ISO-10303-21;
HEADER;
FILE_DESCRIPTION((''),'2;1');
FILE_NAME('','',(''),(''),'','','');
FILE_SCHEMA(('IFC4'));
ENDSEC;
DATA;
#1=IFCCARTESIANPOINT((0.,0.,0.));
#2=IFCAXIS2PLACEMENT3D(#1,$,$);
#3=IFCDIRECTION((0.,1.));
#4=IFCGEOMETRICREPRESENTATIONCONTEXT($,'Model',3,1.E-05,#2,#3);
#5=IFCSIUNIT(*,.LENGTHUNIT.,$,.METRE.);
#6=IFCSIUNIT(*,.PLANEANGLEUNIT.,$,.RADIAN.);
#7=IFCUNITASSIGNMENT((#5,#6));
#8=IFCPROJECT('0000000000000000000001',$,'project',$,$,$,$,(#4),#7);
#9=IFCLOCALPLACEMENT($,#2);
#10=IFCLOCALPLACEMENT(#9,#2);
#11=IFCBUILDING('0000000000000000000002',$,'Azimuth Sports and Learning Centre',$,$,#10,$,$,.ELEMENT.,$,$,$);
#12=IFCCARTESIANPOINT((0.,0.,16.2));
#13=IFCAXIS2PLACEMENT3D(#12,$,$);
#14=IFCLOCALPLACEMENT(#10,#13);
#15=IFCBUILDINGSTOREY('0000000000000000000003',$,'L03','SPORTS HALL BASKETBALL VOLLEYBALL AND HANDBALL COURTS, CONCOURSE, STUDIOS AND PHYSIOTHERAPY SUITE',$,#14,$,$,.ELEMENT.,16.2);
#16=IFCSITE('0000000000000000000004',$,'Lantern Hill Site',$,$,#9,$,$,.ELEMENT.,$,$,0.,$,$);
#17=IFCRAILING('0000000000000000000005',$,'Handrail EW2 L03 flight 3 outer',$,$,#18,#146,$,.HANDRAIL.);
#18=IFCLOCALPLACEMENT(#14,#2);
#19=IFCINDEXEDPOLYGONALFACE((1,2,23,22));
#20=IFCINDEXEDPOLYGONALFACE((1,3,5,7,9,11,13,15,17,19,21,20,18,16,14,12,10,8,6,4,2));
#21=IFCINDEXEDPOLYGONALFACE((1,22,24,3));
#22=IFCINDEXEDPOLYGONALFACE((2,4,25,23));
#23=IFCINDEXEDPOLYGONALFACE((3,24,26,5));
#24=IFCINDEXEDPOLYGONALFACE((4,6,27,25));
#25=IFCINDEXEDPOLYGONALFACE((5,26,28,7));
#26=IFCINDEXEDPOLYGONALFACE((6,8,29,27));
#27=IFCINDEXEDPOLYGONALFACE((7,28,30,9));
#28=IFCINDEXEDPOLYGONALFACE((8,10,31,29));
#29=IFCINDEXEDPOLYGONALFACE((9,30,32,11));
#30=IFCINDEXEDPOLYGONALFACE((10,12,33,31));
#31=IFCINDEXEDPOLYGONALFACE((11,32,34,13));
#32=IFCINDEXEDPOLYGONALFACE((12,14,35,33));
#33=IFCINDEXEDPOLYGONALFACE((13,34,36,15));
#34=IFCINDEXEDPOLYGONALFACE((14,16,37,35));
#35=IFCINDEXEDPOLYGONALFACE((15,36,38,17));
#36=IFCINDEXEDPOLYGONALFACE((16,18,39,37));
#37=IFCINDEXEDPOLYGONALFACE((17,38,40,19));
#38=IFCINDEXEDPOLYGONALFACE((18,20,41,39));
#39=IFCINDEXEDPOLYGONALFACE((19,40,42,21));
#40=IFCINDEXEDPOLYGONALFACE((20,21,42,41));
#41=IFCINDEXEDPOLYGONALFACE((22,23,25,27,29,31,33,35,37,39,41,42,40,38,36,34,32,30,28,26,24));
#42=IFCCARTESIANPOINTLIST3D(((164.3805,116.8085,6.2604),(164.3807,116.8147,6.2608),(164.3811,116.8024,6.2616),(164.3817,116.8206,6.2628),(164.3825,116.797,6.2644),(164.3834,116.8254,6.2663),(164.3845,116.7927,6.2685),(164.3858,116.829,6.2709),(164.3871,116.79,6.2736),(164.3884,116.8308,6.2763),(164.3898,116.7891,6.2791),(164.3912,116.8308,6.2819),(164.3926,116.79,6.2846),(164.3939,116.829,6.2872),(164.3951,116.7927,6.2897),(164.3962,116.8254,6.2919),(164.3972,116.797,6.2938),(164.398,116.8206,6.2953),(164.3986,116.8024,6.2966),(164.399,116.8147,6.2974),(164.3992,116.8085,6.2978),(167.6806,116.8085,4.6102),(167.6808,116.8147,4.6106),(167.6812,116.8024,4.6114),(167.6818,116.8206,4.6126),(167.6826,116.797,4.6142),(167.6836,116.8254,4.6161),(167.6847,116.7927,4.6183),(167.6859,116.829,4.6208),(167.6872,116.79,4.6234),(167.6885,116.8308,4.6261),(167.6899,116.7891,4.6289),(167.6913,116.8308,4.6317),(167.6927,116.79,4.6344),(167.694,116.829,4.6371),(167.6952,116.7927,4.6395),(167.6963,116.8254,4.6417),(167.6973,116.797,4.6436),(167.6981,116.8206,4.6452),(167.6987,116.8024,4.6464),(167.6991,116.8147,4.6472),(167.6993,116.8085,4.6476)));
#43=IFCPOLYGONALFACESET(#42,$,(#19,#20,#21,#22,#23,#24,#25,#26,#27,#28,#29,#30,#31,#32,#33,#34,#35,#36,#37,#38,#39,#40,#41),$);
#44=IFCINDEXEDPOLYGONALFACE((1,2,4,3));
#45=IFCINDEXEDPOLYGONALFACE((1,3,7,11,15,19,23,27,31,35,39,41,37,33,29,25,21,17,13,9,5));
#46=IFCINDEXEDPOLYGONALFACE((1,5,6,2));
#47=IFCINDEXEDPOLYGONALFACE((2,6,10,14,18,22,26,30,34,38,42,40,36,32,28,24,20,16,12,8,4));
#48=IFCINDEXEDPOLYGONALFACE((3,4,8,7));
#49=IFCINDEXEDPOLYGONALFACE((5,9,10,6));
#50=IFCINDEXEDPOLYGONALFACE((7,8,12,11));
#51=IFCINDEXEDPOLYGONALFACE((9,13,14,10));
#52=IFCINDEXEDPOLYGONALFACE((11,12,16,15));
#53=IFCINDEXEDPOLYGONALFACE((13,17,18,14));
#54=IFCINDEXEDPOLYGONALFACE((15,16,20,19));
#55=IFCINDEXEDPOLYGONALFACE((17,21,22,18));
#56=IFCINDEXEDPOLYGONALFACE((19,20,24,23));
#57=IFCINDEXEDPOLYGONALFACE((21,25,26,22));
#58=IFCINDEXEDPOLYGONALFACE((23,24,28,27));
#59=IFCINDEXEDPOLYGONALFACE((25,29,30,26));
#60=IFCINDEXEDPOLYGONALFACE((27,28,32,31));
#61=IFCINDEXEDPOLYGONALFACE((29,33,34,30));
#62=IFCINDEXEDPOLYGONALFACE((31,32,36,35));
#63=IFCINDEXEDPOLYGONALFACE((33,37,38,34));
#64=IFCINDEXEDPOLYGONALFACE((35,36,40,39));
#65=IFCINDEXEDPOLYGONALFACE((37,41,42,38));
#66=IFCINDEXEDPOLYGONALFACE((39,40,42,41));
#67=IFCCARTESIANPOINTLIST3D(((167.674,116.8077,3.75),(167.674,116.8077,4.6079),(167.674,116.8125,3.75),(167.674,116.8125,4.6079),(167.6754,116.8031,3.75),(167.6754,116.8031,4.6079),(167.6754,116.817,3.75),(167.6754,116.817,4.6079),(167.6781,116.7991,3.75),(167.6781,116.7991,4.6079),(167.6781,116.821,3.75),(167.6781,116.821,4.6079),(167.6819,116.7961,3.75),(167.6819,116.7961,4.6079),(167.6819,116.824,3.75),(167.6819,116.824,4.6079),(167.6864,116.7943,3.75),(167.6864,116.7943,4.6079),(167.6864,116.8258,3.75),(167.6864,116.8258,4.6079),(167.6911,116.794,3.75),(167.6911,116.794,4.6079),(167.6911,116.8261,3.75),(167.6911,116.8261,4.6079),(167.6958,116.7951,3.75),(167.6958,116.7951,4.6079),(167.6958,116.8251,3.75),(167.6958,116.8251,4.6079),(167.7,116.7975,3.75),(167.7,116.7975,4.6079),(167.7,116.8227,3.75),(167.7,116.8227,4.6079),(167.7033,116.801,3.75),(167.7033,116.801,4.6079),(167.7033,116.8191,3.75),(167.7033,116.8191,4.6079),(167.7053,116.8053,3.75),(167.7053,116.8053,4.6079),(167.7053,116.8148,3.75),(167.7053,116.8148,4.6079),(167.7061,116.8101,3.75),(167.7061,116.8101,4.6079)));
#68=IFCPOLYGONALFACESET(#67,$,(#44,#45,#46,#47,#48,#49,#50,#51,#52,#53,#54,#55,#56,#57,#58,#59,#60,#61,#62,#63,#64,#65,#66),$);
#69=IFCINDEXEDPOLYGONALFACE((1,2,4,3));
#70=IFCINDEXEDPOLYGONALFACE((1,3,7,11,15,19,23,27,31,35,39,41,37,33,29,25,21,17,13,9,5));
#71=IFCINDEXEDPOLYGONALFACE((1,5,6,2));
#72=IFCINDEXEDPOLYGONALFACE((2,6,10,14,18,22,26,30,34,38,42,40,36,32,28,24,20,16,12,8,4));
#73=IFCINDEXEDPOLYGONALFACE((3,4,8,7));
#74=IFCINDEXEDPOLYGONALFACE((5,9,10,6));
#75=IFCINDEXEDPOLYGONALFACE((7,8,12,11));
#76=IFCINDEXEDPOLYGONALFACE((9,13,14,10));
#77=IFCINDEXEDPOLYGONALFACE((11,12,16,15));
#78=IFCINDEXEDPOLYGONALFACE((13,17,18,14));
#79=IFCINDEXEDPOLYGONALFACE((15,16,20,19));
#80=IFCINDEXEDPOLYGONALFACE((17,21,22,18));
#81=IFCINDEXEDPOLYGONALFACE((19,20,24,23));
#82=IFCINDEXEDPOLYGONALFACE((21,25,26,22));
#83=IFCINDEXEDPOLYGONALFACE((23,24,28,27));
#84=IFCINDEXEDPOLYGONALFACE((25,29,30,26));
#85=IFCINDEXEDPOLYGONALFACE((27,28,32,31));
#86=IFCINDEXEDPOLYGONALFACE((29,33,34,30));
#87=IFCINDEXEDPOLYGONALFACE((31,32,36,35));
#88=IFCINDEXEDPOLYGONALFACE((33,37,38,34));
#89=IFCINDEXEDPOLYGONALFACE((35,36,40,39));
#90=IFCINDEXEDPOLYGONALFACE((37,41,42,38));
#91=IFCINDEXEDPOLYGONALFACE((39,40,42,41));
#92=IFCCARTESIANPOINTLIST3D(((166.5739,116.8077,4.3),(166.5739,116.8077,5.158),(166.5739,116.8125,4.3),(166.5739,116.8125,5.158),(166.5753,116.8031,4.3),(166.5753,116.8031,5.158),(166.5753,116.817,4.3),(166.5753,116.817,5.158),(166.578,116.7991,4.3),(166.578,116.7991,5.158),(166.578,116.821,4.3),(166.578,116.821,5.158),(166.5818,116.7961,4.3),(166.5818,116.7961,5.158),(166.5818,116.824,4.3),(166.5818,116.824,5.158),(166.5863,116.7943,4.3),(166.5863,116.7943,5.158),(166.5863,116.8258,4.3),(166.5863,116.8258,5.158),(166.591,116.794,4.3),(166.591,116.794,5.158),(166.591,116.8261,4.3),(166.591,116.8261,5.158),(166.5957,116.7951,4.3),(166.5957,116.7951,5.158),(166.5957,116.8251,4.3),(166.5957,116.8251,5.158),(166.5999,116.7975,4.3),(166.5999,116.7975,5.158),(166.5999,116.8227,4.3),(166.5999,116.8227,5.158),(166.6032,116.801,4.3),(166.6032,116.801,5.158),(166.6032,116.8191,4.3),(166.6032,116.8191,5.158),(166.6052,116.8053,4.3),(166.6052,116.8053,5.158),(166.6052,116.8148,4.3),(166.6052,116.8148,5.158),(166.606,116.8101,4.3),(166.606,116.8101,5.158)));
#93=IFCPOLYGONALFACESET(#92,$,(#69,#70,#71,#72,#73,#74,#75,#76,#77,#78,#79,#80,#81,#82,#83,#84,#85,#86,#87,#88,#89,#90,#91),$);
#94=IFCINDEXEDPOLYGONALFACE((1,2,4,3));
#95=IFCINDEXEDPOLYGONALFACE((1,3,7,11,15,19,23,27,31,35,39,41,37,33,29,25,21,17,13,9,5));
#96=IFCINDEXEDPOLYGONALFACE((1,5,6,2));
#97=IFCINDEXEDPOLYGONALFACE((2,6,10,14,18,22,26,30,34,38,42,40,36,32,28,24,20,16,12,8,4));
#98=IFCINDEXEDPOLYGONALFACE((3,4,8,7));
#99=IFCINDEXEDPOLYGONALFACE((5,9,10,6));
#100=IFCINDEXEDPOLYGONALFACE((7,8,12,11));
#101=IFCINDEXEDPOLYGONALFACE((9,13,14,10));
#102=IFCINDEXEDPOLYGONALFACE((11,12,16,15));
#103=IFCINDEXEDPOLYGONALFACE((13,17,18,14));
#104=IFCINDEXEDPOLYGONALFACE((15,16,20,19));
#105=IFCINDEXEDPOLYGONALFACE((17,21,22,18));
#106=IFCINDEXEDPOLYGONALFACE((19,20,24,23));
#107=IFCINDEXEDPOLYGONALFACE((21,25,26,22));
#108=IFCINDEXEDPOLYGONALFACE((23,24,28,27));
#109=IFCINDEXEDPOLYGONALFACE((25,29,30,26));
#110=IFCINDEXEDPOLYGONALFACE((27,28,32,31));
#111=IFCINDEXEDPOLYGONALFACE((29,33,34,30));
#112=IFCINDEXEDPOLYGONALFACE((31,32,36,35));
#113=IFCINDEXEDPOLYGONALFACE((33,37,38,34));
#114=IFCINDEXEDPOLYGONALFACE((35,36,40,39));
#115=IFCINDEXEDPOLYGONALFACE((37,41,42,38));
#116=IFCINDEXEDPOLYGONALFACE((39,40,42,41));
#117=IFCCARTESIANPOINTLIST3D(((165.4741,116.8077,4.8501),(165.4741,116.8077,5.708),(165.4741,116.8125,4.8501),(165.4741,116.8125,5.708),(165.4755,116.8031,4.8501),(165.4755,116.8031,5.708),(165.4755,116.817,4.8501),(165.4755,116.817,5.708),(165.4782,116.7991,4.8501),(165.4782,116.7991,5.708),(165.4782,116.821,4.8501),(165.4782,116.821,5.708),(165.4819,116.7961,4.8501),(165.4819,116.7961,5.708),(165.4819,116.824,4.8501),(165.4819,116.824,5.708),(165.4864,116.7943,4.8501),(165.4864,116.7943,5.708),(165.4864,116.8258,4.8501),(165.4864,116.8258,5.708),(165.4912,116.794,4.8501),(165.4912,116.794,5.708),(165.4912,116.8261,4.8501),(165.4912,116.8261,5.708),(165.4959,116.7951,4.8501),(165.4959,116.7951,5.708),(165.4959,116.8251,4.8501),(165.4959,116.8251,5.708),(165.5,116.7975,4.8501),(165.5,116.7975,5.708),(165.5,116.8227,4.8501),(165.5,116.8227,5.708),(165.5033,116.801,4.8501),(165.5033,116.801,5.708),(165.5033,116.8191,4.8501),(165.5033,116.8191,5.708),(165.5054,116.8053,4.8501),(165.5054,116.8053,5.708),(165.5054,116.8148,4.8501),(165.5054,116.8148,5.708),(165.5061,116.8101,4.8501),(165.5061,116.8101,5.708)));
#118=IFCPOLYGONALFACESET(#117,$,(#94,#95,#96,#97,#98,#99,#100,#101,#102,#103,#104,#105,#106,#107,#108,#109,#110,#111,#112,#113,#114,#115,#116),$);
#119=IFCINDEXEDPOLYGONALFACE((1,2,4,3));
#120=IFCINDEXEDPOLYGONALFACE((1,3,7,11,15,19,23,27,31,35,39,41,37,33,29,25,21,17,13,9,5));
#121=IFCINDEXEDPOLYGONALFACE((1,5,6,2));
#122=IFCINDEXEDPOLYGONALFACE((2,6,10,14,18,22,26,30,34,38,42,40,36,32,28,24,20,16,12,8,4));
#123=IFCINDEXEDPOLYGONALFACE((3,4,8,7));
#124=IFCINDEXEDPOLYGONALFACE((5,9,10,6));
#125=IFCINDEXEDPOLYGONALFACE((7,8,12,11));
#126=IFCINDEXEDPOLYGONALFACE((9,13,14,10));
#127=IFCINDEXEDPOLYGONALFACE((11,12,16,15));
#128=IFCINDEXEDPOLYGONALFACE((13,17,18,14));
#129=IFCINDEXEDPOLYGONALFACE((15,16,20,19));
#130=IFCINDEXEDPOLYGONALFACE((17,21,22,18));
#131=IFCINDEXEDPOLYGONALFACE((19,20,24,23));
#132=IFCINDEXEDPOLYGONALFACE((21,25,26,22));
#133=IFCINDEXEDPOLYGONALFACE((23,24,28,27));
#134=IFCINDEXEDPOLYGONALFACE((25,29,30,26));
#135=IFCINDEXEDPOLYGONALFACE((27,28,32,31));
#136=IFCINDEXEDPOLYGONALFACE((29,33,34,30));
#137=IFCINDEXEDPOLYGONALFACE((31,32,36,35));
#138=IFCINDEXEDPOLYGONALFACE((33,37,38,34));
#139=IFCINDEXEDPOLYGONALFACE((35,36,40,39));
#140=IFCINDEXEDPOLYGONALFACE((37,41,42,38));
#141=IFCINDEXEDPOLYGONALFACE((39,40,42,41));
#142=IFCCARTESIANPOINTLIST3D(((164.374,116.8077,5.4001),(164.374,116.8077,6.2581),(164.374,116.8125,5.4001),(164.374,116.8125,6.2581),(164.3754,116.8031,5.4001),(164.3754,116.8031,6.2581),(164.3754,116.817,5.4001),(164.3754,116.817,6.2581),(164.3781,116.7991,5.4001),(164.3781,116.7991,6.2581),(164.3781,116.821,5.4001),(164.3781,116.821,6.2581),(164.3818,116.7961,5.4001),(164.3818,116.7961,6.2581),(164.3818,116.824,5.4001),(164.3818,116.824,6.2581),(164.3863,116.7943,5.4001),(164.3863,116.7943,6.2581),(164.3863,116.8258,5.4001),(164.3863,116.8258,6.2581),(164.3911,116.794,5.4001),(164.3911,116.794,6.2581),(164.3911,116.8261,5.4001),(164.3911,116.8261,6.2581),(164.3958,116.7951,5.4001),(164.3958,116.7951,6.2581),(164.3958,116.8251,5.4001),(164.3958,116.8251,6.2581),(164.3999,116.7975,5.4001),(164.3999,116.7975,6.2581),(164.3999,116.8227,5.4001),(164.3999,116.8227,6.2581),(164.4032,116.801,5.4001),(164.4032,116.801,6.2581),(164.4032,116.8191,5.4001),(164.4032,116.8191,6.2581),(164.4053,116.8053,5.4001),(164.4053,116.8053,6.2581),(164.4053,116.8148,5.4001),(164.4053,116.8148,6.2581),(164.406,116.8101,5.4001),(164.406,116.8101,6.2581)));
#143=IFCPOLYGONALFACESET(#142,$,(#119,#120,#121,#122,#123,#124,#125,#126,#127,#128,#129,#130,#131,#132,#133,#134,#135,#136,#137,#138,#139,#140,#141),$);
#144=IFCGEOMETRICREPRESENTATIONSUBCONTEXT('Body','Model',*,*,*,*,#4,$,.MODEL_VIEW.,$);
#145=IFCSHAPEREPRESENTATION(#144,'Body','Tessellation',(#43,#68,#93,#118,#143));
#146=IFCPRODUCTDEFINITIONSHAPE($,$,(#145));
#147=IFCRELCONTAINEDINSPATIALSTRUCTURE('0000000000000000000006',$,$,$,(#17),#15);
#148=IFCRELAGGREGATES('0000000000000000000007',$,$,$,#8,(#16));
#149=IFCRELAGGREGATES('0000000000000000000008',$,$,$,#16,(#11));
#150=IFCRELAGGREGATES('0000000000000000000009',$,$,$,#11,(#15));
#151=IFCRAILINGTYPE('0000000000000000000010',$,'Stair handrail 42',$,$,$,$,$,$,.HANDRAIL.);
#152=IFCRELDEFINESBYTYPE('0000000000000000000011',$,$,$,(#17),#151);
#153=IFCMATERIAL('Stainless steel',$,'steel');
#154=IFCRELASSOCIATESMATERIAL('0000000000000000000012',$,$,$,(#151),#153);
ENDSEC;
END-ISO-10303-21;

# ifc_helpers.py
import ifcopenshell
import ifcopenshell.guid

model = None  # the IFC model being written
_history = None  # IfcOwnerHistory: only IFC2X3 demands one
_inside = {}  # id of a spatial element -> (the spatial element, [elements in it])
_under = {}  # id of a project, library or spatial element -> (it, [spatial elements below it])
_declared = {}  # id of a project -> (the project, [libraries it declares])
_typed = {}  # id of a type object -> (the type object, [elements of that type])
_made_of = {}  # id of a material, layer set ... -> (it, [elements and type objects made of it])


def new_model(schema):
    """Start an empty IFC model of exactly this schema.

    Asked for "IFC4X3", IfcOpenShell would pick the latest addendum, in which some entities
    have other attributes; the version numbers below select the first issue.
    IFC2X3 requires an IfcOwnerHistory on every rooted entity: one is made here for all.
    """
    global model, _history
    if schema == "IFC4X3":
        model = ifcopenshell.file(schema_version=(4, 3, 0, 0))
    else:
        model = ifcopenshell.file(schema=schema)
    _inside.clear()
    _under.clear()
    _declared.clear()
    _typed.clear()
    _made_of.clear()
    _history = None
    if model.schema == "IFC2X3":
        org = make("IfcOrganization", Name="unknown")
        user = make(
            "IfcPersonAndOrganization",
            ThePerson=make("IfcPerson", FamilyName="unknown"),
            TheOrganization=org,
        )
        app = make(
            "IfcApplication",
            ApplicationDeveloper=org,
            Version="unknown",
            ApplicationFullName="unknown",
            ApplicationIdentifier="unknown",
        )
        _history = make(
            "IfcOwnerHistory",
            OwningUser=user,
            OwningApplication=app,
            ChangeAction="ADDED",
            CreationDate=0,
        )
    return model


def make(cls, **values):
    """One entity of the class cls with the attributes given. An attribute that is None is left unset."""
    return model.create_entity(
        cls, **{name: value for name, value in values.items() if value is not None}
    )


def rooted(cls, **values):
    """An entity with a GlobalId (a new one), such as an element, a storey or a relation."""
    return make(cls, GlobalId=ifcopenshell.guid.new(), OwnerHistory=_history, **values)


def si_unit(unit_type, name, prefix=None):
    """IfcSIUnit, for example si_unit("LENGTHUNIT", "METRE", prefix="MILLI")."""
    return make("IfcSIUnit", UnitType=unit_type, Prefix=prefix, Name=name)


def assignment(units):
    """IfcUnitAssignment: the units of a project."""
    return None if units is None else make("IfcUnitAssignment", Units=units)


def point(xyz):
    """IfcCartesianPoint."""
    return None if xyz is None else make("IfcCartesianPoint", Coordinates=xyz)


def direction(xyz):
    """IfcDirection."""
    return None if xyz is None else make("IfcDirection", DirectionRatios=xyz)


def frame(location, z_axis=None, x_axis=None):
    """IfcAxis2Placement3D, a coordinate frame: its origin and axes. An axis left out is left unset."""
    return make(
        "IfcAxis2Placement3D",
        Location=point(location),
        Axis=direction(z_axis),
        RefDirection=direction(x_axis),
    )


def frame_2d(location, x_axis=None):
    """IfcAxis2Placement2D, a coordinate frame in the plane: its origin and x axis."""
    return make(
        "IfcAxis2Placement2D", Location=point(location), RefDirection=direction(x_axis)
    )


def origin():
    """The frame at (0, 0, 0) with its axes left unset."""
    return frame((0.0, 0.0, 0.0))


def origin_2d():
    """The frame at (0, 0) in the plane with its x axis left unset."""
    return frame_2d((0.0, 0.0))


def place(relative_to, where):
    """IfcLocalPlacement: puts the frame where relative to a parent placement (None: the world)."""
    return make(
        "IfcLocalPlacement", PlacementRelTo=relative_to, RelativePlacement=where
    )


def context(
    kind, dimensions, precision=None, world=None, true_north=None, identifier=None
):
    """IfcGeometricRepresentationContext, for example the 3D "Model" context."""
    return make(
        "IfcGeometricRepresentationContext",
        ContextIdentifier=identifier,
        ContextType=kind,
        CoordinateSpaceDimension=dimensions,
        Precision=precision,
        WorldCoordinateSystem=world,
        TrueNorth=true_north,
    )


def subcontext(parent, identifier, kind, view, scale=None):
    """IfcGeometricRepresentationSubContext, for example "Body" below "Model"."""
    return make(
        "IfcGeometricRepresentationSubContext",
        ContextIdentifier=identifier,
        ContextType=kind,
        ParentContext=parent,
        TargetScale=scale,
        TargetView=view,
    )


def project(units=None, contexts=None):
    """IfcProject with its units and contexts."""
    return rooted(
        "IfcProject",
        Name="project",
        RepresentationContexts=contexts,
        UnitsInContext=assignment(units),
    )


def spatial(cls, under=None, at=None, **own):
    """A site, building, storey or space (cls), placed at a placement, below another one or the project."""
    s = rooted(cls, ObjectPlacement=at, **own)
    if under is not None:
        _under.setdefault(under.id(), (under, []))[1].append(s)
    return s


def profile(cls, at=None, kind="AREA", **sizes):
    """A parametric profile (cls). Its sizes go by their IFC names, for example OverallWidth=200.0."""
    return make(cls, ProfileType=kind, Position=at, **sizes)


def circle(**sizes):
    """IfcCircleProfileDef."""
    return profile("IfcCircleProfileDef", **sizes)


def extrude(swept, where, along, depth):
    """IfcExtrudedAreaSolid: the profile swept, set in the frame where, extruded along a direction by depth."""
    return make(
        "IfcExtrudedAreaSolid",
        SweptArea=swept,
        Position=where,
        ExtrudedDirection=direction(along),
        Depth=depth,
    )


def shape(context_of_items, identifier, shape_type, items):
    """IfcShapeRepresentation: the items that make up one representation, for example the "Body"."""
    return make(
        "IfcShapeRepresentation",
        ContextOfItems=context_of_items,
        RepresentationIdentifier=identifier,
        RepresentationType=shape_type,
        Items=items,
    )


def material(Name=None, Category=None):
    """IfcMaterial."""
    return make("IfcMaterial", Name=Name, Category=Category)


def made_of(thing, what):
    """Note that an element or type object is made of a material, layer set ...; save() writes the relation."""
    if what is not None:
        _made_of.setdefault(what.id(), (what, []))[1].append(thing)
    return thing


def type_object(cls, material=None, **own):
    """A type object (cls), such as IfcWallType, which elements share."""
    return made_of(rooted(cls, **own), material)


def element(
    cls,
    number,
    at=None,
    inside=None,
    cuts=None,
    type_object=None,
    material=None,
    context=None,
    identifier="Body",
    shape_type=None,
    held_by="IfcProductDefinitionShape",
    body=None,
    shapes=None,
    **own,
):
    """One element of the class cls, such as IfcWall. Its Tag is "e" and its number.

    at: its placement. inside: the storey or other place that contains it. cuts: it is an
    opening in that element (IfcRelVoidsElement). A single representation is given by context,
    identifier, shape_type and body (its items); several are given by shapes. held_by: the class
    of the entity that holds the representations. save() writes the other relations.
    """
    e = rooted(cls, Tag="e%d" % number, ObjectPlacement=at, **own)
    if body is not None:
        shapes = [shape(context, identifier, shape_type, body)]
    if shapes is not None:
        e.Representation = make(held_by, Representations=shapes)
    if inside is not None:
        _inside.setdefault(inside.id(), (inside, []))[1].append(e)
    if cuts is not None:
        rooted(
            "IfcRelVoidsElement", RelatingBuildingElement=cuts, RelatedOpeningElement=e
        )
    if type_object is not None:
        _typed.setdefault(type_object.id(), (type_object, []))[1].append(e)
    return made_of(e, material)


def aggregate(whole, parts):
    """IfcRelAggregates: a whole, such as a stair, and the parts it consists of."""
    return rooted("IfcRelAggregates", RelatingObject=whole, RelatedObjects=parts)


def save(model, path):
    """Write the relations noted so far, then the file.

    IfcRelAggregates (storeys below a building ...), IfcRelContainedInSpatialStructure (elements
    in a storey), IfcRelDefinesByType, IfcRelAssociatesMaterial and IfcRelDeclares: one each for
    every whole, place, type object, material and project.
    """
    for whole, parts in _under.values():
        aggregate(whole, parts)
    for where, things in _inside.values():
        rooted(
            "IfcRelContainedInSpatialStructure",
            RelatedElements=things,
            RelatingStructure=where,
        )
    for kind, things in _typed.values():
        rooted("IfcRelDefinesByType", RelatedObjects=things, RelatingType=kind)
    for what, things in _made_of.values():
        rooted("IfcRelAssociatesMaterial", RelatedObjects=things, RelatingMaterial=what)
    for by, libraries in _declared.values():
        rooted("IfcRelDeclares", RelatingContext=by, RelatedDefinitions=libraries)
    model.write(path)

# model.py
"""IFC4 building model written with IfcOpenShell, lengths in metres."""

from ifc_helpers import new_model, si_unit, direction, frame, origin, origin_2d, place, context, subcontext, project, spatial, circle, extrude, material, type_object, element, save


model = new_model("IFC4")

# Units and contexts
model_context = context("Model", 3, precision=1e-05, world=origin(), true_north=direction((0.0, 1.0)))
body_context = subcontext(model_context, "Body", "Model", "MODEL_VIEW")
ifc_project = project(units=[si_unit("LENGTHUNIT", "METRE"), si_unit("PLANEANGLEUNIT", "RADIAN")], contexts=[model_context])

# Site, building, storey
site_placement = place(None, origin())
site = spatial("IfcSite", under=ifc_project, at=site_placement, Name="Lantern Hill Site", CompositionType="ELEMENT", RefElevation=0.0)
building_placement = place(site_placement, origin())
building = spatial("IfcBuilding", under=site, at=building_placement, Name="Azimuth Sports and Learning Centre", CompositionType="ELEMENT")
storey_placement = place(building_placement, frame((0.0, 0.0, 16.2)))
storey = spatial("IfcBuildingStorey", under=building, at=storey_placement, Name="L03", Description="SPORTS HALL BASKETBALL VOLLEYBALL AND HANDBALL COURTS, CONCOURSE, STUDIOS AND PHYSIOTHERAPY SUITE", CompositionType="ELEMENT", Elevation=16.2)

# Railing
ifc_material_1 = material(Name="Stainless steel", Category="steel")
railing_type_1 = type_object("IfcRailingType", Name="Stair handrail 42", PredefinedType="HANDRAIL", material=ifc_material_1)
for number, where, name in (
    (1, (167.6899, 116.8101, 3.75), "Handrail EW2 L03 flight 3 outer"),
):
    element("IfcRailing", number, at=place(storey_placement, frame(where)), inside=storey, type_object=railing_type_1, Name=name, PredefinedType="HANDRAIL", context=body_context, shape_type="SweptSolid", body=[
        extrude(circle(Radius=0.021, at=origin_2d()), frame((0.0, 0.0, 0.8789), z_axis=(-0.894414, 0.0, 0.44724), x_axis=(0.0, -1.0, 0.0)), (0.0, 0.0, 1.0), 3.6897),
        extrude(circle(Radius=0.0161, at=origin_2d()), origin(), (0.0, 0.0, 1.0), 0.8579),
        extrude(circle(Radius=0.0161, at=origin_2d()), frame((-1.1001, 0.0, 0.55)), (0.0, 0.0, 1.0), 0.8579),
        extrude(circle(Radius=0.0161, at=origin_2d()), frame((-2.2, 0.0, 1.1001)), (0.0, 0.0, 1.0), 0.8579),
        extrude(circle(Radius=0.0161, at=origin_2d()), frame((-3.3, 0.0, 1.6501)), (0.0, 0.0, 1.0), 0.8579),
    ])

save(model, "model.ifc")
